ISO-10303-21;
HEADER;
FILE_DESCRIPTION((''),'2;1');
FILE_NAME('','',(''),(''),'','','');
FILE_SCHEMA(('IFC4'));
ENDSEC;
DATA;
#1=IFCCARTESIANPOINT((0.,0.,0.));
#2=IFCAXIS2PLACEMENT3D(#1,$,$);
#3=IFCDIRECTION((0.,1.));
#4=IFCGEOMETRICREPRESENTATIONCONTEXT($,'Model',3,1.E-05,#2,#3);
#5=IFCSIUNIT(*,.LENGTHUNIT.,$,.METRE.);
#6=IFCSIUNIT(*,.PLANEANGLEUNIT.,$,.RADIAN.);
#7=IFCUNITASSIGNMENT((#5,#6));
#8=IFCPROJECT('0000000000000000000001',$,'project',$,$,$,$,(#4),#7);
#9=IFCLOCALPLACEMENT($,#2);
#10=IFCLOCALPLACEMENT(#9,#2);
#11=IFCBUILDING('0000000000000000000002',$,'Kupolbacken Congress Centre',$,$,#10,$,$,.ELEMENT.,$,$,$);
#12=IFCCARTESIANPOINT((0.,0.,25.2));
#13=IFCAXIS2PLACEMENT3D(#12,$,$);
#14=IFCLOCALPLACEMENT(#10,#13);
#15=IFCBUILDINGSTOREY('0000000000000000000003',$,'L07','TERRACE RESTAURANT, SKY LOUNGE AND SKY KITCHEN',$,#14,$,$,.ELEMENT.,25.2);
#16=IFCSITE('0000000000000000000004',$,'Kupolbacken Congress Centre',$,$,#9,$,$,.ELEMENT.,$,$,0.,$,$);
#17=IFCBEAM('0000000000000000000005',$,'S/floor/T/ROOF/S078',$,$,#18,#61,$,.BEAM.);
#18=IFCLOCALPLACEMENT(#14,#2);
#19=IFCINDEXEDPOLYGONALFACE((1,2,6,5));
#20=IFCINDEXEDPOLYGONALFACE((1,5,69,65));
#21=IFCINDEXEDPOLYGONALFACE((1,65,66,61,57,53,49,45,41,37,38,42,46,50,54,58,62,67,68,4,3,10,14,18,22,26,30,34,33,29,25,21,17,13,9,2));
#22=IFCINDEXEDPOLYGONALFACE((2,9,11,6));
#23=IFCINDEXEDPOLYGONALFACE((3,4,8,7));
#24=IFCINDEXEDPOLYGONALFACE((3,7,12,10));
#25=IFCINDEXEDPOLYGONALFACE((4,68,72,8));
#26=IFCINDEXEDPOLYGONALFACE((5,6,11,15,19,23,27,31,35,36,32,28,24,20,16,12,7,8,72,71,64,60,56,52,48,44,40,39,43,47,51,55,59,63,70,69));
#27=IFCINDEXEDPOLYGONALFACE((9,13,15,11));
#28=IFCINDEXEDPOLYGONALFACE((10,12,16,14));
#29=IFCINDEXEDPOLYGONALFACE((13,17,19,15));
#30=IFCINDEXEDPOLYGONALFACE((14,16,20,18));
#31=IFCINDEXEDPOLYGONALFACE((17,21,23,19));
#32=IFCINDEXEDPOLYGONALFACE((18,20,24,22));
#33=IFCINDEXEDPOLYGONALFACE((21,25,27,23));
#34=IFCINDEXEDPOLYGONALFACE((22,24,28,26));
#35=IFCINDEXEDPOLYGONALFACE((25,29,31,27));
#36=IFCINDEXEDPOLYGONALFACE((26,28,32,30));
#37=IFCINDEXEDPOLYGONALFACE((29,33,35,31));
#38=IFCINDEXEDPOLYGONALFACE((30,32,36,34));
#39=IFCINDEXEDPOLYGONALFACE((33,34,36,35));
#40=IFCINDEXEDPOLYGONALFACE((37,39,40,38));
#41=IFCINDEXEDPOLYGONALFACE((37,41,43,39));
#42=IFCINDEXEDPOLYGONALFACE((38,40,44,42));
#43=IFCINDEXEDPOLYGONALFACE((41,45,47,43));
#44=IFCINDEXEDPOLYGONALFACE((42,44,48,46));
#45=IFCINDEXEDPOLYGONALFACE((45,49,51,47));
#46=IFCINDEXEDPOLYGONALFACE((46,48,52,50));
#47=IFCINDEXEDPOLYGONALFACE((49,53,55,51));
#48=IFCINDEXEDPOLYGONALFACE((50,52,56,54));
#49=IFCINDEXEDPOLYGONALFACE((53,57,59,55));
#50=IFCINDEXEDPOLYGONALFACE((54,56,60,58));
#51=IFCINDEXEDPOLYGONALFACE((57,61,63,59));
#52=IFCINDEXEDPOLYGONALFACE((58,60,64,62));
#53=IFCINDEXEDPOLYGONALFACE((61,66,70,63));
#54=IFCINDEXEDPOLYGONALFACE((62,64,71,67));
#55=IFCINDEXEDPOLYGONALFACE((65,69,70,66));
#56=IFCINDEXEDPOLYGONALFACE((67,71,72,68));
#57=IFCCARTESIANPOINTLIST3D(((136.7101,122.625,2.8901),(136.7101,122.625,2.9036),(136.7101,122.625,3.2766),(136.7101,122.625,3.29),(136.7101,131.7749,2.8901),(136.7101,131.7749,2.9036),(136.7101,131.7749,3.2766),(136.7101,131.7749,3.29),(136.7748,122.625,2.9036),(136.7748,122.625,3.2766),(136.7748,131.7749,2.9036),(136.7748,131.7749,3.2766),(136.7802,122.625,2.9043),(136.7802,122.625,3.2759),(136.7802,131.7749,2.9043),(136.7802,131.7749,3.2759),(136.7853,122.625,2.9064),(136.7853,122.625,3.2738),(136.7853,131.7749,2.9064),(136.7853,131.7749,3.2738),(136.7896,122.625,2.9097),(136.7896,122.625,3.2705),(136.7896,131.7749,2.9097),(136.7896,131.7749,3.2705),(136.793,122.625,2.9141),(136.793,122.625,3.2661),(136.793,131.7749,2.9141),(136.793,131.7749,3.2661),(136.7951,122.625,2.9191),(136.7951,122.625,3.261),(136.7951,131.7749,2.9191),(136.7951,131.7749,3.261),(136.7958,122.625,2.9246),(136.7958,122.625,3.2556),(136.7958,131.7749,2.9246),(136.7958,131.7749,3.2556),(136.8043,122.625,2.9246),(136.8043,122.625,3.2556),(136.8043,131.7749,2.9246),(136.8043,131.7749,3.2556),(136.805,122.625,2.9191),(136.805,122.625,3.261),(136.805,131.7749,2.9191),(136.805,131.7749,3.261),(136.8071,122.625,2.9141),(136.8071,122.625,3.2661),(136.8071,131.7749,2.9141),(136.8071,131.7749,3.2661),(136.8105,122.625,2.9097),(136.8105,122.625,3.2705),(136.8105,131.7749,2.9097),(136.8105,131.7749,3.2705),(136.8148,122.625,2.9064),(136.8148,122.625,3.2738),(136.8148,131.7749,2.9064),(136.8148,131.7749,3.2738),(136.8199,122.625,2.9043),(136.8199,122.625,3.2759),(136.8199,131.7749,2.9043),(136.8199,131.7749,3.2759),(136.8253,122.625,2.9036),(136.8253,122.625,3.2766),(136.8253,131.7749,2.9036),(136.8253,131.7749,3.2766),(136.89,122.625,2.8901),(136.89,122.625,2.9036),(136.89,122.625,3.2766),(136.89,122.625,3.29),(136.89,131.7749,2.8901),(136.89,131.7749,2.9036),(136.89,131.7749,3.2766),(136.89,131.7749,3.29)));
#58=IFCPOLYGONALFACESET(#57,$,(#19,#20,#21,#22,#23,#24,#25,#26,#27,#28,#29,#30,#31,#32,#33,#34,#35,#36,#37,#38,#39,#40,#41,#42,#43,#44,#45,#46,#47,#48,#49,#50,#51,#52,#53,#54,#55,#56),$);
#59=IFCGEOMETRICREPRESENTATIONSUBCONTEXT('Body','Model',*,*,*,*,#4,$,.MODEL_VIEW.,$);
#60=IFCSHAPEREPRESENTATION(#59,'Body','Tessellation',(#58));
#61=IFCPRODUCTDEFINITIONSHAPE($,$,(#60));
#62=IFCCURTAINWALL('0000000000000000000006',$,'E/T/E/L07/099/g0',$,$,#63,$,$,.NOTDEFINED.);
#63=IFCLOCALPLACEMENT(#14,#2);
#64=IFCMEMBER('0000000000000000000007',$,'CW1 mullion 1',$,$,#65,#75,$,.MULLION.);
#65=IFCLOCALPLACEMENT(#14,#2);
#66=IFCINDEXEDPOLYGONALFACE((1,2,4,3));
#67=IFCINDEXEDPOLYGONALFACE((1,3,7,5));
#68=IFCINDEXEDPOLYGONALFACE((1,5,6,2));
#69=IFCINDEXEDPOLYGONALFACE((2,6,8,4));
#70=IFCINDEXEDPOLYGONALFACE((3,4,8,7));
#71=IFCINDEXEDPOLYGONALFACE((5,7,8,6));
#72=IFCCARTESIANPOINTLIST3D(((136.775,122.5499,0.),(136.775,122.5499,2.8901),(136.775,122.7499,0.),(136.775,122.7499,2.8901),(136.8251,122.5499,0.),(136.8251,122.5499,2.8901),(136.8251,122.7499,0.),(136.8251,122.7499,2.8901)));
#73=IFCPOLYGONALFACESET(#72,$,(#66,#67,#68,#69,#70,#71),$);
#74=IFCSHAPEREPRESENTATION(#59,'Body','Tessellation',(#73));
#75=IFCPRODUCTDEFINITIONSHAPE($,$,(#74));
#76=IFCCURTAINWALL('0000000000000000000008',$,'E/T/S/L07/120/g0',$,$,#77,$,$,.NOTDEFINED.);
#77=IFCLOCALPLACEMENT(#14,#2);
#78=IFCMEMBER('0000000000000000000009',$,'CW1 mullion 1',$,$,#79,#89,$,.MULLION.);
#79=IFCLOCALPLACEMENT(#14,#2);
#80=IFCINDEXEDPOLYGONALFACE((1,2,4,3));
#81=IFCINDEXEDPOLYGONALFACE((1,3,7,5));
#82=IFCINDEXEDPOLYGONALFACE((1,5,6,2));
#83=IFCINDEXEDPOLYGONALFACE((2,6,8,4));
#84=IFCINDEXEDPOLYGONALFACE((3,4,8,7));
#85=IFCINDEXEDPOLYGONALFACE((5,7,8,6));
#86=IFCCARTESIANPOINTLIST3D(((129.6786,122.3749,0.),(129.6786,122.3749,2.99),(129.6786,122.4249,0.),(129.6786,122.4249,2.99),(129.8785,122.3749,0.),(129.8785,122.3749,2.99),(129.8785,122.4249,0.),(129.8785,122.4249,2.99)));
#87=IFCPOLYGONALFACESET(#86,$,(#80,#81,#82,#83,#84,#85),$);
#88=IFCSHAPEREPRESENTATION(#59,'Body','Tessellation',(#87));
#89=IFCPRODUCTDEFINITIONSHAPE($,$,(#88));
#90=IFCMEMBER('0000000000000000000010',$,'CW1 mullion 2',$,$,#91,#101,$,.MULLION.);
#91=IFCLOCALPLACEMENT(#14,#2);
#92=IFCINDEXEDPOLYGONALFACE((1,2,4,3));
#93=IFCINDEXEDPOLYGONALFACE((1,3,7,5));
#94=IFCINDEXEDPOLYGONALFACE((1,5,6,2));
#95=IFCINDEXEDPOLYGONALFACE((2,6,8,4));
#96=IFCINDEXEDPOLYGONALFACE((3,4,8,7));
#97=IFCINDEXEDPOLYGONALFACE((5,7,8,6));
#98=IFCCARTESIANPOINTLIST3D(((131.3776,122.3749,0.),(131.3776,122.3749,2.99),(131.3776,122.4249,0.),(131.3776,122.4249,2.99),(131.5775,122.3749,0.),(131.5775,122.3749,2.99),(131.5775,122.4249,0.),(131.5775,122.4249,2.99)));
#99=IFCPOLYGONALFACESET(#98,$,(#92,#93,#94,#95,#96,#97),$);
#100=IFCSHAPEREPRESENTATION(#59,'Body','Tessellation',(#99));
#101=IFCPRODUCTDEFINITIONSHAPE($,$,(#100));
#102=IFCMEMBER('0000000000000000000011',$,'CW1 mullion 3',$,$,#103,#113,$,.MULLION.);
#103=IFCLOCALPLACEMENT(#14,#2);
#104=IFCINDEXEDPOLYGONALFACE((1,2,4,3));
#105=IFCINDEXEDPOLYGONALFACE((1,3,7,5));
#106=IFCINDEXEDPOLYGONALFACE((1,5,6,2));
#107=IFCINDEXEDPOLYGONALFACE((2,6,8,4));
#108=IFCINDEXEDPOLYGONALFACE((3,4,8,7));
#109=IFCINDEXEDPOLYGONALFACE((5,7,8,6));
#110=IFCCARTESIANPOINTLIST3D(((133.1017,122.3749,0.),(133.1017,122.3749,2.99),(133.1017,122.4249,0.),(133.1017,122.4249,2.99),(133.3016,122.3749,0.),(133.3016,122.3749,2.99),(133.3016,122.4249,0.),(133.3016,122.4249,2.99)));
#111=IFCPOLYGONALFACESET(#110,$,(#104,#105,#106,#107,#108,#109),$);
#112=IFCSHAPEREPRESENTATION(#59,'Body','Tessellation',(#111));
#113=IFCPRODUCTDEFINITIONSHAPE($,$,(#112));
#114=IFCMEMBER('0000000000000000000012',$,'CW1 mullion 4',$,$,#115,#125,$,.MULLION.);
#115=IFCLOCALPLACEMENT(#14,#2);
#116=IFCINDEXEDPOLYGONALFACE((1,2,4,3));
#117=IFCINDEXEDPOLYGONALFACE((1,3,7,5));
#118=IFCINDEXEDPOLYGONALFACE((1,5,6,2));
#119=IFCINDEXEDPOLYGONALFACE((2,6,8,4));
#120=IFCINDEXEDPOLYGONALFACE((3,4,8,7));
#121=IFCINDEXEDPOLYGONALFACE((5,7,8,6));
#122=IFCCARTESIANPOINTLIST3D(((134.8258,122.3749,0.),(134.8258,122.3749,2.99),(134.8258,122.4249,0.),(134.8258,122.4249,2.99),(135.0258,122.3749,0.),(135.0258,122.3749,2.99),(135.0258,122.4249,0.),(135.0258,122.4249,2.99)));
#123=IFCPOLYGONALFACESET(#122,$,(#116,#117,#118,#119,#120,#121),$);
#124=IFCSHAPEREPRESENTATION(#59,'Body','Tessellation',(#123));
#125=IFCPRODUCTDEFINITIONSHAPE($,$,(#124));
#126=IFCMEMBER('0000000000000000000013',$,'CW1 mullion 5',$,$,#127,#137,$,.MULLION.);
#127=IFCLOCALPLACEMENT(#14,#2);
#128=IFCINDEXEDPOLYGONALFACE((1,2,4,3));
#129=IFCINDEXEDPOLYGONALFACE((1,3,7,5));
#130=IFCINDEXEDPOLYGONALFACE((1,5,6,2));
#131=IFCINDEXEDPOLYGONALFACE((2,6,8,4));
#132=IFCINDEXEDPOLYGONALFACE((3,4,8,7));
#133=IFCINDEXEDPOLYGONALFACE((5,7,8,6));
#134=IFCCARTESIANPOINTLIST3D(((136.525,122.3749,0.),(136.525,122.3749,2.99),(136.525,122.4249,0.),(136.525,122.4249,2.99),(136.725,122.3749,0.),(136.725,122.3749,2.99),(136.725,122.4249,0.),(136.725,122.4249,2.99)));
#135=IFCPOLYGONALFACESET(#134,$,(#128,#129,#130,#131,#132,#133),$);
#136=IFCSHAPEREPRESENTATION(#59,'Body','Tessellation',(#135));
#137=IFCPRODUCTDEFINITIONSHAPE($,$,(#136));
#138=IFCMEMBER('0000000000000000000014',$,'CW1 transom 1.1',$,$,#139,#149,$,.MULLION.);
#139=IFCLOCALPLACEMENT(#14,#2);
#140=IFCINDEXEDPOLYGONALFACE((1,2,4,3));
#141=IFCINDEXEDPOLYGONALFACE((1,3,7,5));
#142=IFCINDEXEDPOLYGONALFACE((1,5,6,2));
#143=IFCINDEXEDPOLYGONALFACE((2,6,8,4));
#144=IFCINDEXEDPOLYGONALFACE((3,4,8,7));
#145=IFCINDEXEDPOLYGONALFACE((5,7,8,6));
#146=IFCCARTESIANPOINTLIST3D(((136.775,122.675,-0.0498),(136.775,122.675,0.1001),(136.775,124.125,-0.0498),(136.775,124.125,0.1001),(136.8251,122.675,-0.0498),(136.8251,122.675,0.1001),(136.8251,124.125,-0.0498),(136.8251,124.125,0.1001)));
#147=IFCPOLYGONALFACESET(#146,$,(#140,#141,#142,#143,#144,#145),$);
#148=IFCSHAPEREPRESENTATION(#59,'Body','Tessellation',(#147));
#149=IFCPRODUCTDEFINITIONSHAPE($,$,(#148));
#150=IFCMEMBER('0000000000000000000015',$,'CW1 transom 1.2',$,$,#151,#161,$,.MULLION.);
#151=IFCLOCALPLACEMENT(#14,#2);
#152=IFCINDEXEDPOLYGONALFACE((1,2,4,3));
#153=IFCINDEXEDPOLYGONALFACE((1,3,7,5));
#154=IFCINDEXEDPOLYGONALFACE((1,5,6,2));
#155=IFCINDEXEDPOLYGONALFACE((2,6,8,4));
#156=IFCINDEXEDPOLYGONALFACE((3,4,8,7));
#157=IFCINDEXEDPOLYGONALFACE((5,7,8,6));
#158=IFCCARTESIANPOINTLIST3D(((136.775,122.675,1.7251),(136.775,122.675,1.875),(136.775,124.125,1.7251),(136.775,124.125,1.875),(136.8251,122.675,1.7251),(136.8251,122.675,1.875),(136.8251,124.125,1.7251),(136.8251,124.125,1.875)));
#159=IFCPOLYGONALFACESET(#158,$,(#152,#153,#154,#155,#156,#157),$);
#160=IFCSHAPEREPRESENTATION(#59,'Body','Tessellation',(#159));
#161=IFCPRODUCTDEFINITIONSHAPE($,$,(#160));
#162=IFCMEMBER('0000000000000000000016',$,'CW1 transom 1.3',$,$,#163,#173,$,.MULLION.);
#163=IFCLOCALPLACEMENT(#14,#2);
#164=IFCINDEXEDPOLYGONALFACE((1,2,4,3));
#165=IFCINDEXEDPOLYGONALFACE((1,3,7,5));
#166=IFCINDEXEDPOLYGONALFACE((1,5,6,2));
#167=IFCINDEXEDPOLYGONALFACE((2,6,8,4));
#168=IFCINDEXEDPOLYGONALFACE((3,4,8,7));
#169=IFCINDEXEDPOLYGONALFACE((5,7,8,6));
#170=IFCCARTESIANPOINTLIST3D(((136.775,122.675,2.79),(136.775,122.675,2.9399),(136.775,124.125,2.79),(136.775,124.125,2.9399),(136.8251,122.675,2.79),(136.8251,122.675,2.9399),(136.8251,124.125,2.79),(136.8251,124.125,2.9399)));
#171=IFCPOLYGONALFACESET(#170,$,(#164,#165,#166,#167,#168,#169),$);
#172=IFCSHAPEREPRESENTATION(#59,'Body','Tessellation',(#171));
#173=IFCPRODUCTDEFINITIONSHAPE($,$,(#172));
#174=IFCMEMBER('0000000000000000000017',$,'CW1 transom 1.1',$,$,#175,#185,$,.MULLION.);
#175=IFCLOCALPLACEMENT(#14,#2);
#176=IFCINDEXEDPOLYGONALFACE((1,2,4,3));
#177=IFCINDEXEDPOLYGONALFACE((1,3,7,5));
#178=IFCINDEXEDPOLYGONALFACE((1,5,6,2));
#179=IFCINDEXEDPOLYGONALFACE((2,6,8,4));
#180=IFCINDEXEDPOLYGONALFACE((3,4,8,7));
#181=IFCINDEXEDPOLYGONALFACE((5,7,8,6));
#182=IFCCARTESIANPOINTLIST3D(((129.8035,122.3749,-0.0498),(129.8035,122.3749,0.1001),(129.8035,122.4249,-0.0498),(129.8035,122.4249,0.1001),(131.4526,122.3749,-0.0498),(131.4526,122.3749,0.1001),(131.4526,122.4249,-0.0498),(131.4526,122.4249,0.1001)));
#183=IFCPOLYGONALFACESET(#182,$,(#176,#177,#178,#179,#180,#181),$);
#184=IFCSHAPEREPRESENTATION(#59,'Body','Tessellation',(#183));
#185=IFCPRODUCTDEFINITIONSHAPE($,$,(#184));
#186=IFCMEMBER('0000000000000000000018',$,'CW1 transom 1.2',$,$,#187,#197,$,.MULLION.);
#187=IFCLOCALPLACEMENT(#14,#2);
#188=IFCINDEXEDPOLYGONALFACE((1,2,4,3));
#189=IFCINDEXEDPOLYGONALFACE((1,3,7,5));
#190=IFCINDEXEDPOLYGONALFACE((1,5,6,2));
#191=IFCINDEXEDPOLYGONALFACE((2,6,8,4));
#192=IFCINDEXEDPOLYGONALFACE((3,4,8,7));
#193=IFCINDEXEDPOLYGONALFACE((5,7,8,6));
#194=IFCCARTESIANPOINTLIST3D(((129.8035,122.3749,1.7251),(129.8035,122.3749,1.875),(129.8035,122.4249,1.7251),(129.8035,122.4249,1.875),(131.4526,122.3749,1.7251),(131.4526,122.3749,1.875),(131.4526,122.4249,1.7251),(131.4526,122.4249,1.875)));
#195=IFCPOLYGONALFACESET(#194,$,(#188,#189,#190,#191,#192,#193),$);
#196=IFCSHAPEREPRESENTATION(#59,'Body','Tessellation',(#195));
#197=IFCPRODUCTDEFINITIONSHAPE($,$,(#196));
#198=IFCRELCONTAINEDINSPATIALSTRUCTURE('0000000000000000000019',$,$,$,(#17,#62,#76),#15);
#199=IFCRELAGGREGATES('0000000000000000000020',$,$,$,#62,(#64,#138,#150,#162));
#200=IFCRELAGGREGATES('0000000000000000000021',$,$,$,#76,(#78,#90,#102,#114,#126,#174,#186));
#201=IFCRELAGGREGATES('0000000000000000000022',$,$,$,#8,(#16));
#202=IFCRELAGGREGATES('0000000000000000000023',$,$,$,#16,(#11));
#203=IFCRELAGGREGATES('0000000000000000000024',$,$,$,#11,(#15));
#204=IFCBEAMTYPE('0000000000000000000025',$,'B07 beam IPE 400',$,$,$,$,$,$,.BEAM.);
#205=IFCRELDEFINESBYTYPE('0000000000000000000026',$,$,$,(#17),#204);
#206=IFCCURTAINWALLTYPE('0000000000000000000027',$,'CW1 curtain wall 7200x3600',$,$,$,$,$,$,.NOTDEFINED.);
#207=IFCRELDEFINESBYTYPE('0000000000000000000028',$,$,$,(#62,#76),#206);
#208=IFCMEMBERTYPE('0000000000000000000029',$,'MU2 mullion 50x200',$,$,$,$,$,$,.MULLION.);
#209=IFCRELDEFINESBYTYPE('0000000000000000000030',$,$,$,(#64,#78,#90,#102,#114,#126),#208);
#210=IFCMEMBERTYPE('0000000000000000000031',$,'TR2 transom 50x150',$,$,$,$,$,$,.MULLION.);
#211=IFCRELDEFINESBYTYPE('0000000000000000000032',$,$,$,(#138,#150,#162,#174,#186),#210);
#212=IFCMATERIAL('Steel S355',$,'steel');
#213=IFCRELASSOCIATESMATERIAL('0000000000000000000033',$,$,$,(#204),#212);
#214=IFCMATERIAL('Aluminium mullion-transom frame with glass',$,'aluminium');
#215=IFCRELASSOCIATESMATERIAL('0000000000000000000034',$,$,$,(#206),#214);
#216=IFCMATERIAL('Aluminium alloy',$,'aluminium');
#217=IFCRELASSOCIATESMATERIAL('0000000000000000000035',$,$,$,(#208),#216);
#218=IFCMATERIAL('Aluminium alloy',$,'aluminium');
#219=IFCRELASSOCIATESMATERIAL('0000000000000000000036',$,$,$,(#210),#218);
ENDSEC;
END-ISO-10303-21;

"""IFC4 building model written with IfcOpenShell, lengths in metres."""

from ifc_helpers import new_model, si_unit, direction, frame, origin, origin_2d, place, context, subcontext, project, spatial, rectangle, i_section, extrude, material, material_profile, profile_set, type_object, element, aggregate, save


model = new_model("IFC4")

# Units and contexts
model_context = context("Model", 3, precision=1e-05, world=origin(), true_north=direction((0.0, 1.0)))
body_context = subcontext(model_context, "Body", "Model", "MODEL_VIEW")
ifc_project = project(units=[si_unit("LENGTHUNIT", "METRE"), si_unit("PLANEANGLEUNIT", "RADIAN")], contexts=[model_context])

# Site, building, storey
site_placement = place(None, origin())
site = spatial("IfcSite", under=ifc_project, at=site_placement, Name="Kupolbacken Congress Centre", CompositionType="ELEMENT", RefElevation=0.0)
building_placement = place(site_placement, origin())
building = spatial("IfcBuilding", under=site, at=building_placement, Name="Kupolbacken Congress Centre", CompositionType="ELEMENT")
storey_placement = place(building_placement, frame((0.0, 0.0, 25.2)))
storey = spatial("IfcBuildingStorey", under=building, at=storey_placement, Name="L07", Description="TERRACE RESTAURANT, SKY LOUNGE AND SKY KITCHEN", CompositionType="ELEMENT", Elevation=25.2)

# Beam
ifc_material_1 = material(Name="Steel S355", Category="steel")
ifc_material_profile_1 = material_profile(ifc_material_1, i_section(OverallWidth=0.1799, OverallDepth=0.3999, WebThickness=0.0085, FlangeThickness=0.0134, FilletRadius=0.021, at=origin_2d()), Name="IPE 400")
ifc_profile_set_1 = profile_set([ifc_material_profile_1], Name="Steel S355")
beam_type = type_object("IfcBeamType", Name="B07 beam IPE 400", PredefinedType="BEAM", material=ifc_profile_set_1)
beam_1_placement = place(storey_placement, frame((136.8, 122.625, 3.0901), z_axis=(0.0, 1.0, 0.0), x_axis=(-1.0, 0.0, 0.0)))
element("IfcBeam", 1, at=beam_1_placement, inside=storey, type_object=beam_type, Name="S/floor/T/ROOF/S078", PredefinedType="BEAM", context=body_context, shape_type="SweptSolid", body=[
    extrude(i_section(OverallWidth=0.1799, OverallDepth=0.3999, WebThickness=0.0085, FlangeThickness=0.0134, FilletRadius=0.021, at=origin_2d()), origin(), (0.0, 0.0, 1.0), 9.1499),
])

# Curtain wall, member
ifc_material_2 = material(Name="Aluminium mullion-transom frame with glass", Category="aluminium")
curtain_wall_type = type_object("IfcCurtainWallType", Name="CW1 curtain wall 7200x3600", PredefinedType="NOTDEFINED", material=ifc_material_2)
curtain_wall_1_placement = place(storey_placement, origin())
curtain_wall_1 = element("IfcCurtainWall", 2, at=curtain_wall_1_placement, inside=storey, type_object=curtain_wall_type, Name="E/T/E/L07/099/g0", PredefinedType="NOTDEFINED")
ifc_material_3 = material(Name="Aluminium alloy", Category="aluminium")
ifc_material_profile_2 = material_profile(ifc_material_3, rectangle(XDim=0.05, YDim=0.2, at=origin_2d()), Name="50 x 200")
ifc_profile_set_2 = profile_set([ifc_material_profile_2], Name="Aluminium alloy")
member_type_1 = type_object("IfcMemberType", Name="MU2 mullion 50x200", PredefinedType="MULLION", material=ifc_profile_set_2)
member_1_placement = place(storey_placement, frame((136.8, 122.6499, 0.0), z_axis=(0.0, 0.0, 1.0), x_axis=(-1.0, 0.0, 0.0)))
member_1 = element("IfcMember", 3, at=member_1_placement, type_object=member_type_1, Name="CW1 mullion 1", PredefinedType="MULLION", context=body_context, shape_type="SweptSolid", body=[
    extrude(rectangle(XDim=0.05, YDim=0.2, at=origin_2d()), origin(), (0.0, 0.0, 1.0), 2.8901),
])

# Curtain wall, members
curtain_wall_2_placement = place(storey_placement, origin())
curtain_wall_2 = element("IfcCurtainWall", 4, at=curtain_wall_2_placement, inside=storey, type_object=curtain_wall_type, Name="E/T/S/L07/120/g0", PredefinedType="NOTDEFINED")
member_2_placement = place(storey_placement, frame((129.7786, 122.3999, 0.0), z_axis=(0.0, 0.0, 1.0), x_axis=(0.0, 1.0, 0.0)))
member_2 = element("IfcMember", 5, at=member_2_placement, type_object=member_type_1, Name="CW1 mullion 1", PredefinedType="MULLION", context=body_context, shape_type="SweptSolid", body=[
    extrude(rectangle(XDim=0.05, YDim=0.2, at=origin_2d()), origin(), (0.0, 0.0, 1.0), 2.99),
])
member_3_placement = place(storey_placement, frame((131.4775, 122.3999, 0.0), z_axis=(0.0, 0.0, 1.0), x_axis=(0.0, 1.0, 0.0)))
member_3 = element("IfcMember", 6, at=member_3_placement, type_object=member_type_1, Name="CW1 mullion 2", PredefinedType="MULLION", context=body_context, shape_type="SweptSolid", body=[
    extrude(rectangle(XDim=0.05, YDim=0.2, at=origin_2d()), origin(), (0.0, 0.0, 1.0), 2.99),
])
member_4_placement = place(storey_placement, frame((133.2017, 122.3999, 0.0), z_axis=(0.0, 0.0, 1.0), x_axis=(0.0, 1.0, 0.0)))
member_4 = element("IfcMember", 7, at=member_4_placement, type_object=member_type_1, Name="CW1 mullion 3", PredefinedType="MULLION", context=body_context, shape_type="SweptSolid", body=[
    extrude(rectangle(XDim=0.05, YDim=0.2, at=origin_2d()), origin(), (0.0, 0.0, 1.0), 2.99),
])
member_5_placement = place(storey_placement, frame((134.9258, 122.3999, 0.0), z_axis=(0.0, 0.0, 1.0), x_axis=(0.0, 1.0, 0.0)))
member_5 = element("IfcMember", 8, at=member_5_placement, type_object=member_type_1, Name="CW1 mullion 4", PredefinedType="MULLION", context=body_context, shape_type="SweptSolid", body=[
    extrude(rectangle(XDim=0.05, YDim=0.2, at=origin_2d()), origin(), (0.0, 0.0, 1.0), 2.99),
])
member_6_placement = place(storey_placement, frame((136.625, 122.3999, 0.0), z_axis=(0.0, 0.0, 1.0), x_axis=(0.0, 1.0, 0.0)))
member_6 = element("IfcMember", 9, at=member_6_placement, type_object=member_type_1, Name="CW1 mullion 5", PredefinedType="MULLION", context=body_context, shape_type="SweptSolid", body=[
    extrude(rectangle(XDim=0.05, YDim=0.2, at=origin_2d()), origin(), (0.0, 0.0, 1.0), 2.99),
])

# Members
ifc_material_4 = material(Name="Aluminium alloy", Category="aluminium")
ifc_material_profile_3 = material_profile(ifc_material_4, rectangle(XDim=0.05, YDim=0.1499, at=origin_2d()), Name="50 x 150")
ifc_profile_set_3 = profile_set([ifc_material_profile_3], Name="Aluminium alloy")
member_type_2 = type_object("IfcMemberType", Name="TR2 transom 50x150", PredefinedType="MULLION", material=ifc_profile_set_3)
member_7_placement = place(storey_placement, frame((136.8, 122.675, 0.0251), z_axis=(0.0, 1.0, 0.0), x_axis=(-1.0, 0.0, 0.0)))
member_7 = element("IfcMember", 10, at=member_7_placement, type_object=member_type_2, Name="CW1 transom 1.1", PredefinedType="MULLION", context=body_context, shape_type="SweptSolid", body=[
    extrude(rectangle(XDim=0.05, YDim=0.1499, at=origin_2d()), origin(), (0.0, 0.0, 1.0), 1.45),
])
member_8_placement = place(storey_placement, frame((136.8, 122.675, 1.8), z_axis=(0.0, 1.0, 0.0), x_axis=(-1.0, 0.0, 0.0)))
member_8 = element("IfcMember", 11, at=member_8_placement, type_object=member_type_2, Name="CW1 transom 1.2", PredefinedType="MULLION", context=body_context, shape_type="SweptSolid", body=[
    extrude(rectangle(XDim=0.05, YDim=0.1499, at=origin_2d()), origin(), (0.0, 0.0, 1.0), 1.45),
])
member_9_placement = place(storey_placement, frame((136.8, 122.675, 2.865), z_axis=(0.0, 1.0, 0.0), x_axis=(-1.0, 0.0, 0.0)))
member_9 = element("IfcMember", 12, at=member_9_placement, type_object=member_type_2, Name="CW1 transom 1.3", PredefinedType="MULLION", context=body_context, shape_type="SweptSolid", body=[
    extrude(rectangle(XDim=0.05, YDim=0.1499, at=origin_2d()), origin(), (0.0, 0.0, 1.0), 1.45),
])
aggregate(curtain_wall_1, [member_1, member_7, member_8, member_9])
member_10_placement = place(storey_placement, frame((129.8035, 122.3999, 0.0251), z_axis=(1.0, 0.0, 0.0), x_axis=(0.0, 1.0, 0.0)))
member_10 = element("IfcMember", 13, at=member_10_placement, type_object=member_type_2, Name="CW1 transom 1.1", PredefinedType="MULLION", context=body_context, shape_type="SweptSolid", body=[
    extrude(rectangle(XDim=0.05, YDim=0.1499, at=origin_2d()), origin(), (0.0, 0.0, 1.0), 1.6492),
])
member_11_placement = place(storey_placement, frame((129.8035, 122.3999, 1.8), z_axis=(1.0, 0.0, 0.0), x_axis=(0.0, 1.0, 0.0)))
member_11 = element("IfcMember", 14, at=member_11_placement, type_object=member_type_2, Name="CW1 transom 1.2", PredefinedType="MULLION", context=body_context, shape_type="SweptSolid", body=[
    extrude(rectangle(XDim=0.05, YDim=0.1499, at=origin_2d()), origin(), (0.0, 0.0, 1.0), 1.6492),
])

aggregate(curtain_wall_2, [member_2, member_3, member_4, member_5, member_6, member_10, member_11])

save(model, "model.ifc")
